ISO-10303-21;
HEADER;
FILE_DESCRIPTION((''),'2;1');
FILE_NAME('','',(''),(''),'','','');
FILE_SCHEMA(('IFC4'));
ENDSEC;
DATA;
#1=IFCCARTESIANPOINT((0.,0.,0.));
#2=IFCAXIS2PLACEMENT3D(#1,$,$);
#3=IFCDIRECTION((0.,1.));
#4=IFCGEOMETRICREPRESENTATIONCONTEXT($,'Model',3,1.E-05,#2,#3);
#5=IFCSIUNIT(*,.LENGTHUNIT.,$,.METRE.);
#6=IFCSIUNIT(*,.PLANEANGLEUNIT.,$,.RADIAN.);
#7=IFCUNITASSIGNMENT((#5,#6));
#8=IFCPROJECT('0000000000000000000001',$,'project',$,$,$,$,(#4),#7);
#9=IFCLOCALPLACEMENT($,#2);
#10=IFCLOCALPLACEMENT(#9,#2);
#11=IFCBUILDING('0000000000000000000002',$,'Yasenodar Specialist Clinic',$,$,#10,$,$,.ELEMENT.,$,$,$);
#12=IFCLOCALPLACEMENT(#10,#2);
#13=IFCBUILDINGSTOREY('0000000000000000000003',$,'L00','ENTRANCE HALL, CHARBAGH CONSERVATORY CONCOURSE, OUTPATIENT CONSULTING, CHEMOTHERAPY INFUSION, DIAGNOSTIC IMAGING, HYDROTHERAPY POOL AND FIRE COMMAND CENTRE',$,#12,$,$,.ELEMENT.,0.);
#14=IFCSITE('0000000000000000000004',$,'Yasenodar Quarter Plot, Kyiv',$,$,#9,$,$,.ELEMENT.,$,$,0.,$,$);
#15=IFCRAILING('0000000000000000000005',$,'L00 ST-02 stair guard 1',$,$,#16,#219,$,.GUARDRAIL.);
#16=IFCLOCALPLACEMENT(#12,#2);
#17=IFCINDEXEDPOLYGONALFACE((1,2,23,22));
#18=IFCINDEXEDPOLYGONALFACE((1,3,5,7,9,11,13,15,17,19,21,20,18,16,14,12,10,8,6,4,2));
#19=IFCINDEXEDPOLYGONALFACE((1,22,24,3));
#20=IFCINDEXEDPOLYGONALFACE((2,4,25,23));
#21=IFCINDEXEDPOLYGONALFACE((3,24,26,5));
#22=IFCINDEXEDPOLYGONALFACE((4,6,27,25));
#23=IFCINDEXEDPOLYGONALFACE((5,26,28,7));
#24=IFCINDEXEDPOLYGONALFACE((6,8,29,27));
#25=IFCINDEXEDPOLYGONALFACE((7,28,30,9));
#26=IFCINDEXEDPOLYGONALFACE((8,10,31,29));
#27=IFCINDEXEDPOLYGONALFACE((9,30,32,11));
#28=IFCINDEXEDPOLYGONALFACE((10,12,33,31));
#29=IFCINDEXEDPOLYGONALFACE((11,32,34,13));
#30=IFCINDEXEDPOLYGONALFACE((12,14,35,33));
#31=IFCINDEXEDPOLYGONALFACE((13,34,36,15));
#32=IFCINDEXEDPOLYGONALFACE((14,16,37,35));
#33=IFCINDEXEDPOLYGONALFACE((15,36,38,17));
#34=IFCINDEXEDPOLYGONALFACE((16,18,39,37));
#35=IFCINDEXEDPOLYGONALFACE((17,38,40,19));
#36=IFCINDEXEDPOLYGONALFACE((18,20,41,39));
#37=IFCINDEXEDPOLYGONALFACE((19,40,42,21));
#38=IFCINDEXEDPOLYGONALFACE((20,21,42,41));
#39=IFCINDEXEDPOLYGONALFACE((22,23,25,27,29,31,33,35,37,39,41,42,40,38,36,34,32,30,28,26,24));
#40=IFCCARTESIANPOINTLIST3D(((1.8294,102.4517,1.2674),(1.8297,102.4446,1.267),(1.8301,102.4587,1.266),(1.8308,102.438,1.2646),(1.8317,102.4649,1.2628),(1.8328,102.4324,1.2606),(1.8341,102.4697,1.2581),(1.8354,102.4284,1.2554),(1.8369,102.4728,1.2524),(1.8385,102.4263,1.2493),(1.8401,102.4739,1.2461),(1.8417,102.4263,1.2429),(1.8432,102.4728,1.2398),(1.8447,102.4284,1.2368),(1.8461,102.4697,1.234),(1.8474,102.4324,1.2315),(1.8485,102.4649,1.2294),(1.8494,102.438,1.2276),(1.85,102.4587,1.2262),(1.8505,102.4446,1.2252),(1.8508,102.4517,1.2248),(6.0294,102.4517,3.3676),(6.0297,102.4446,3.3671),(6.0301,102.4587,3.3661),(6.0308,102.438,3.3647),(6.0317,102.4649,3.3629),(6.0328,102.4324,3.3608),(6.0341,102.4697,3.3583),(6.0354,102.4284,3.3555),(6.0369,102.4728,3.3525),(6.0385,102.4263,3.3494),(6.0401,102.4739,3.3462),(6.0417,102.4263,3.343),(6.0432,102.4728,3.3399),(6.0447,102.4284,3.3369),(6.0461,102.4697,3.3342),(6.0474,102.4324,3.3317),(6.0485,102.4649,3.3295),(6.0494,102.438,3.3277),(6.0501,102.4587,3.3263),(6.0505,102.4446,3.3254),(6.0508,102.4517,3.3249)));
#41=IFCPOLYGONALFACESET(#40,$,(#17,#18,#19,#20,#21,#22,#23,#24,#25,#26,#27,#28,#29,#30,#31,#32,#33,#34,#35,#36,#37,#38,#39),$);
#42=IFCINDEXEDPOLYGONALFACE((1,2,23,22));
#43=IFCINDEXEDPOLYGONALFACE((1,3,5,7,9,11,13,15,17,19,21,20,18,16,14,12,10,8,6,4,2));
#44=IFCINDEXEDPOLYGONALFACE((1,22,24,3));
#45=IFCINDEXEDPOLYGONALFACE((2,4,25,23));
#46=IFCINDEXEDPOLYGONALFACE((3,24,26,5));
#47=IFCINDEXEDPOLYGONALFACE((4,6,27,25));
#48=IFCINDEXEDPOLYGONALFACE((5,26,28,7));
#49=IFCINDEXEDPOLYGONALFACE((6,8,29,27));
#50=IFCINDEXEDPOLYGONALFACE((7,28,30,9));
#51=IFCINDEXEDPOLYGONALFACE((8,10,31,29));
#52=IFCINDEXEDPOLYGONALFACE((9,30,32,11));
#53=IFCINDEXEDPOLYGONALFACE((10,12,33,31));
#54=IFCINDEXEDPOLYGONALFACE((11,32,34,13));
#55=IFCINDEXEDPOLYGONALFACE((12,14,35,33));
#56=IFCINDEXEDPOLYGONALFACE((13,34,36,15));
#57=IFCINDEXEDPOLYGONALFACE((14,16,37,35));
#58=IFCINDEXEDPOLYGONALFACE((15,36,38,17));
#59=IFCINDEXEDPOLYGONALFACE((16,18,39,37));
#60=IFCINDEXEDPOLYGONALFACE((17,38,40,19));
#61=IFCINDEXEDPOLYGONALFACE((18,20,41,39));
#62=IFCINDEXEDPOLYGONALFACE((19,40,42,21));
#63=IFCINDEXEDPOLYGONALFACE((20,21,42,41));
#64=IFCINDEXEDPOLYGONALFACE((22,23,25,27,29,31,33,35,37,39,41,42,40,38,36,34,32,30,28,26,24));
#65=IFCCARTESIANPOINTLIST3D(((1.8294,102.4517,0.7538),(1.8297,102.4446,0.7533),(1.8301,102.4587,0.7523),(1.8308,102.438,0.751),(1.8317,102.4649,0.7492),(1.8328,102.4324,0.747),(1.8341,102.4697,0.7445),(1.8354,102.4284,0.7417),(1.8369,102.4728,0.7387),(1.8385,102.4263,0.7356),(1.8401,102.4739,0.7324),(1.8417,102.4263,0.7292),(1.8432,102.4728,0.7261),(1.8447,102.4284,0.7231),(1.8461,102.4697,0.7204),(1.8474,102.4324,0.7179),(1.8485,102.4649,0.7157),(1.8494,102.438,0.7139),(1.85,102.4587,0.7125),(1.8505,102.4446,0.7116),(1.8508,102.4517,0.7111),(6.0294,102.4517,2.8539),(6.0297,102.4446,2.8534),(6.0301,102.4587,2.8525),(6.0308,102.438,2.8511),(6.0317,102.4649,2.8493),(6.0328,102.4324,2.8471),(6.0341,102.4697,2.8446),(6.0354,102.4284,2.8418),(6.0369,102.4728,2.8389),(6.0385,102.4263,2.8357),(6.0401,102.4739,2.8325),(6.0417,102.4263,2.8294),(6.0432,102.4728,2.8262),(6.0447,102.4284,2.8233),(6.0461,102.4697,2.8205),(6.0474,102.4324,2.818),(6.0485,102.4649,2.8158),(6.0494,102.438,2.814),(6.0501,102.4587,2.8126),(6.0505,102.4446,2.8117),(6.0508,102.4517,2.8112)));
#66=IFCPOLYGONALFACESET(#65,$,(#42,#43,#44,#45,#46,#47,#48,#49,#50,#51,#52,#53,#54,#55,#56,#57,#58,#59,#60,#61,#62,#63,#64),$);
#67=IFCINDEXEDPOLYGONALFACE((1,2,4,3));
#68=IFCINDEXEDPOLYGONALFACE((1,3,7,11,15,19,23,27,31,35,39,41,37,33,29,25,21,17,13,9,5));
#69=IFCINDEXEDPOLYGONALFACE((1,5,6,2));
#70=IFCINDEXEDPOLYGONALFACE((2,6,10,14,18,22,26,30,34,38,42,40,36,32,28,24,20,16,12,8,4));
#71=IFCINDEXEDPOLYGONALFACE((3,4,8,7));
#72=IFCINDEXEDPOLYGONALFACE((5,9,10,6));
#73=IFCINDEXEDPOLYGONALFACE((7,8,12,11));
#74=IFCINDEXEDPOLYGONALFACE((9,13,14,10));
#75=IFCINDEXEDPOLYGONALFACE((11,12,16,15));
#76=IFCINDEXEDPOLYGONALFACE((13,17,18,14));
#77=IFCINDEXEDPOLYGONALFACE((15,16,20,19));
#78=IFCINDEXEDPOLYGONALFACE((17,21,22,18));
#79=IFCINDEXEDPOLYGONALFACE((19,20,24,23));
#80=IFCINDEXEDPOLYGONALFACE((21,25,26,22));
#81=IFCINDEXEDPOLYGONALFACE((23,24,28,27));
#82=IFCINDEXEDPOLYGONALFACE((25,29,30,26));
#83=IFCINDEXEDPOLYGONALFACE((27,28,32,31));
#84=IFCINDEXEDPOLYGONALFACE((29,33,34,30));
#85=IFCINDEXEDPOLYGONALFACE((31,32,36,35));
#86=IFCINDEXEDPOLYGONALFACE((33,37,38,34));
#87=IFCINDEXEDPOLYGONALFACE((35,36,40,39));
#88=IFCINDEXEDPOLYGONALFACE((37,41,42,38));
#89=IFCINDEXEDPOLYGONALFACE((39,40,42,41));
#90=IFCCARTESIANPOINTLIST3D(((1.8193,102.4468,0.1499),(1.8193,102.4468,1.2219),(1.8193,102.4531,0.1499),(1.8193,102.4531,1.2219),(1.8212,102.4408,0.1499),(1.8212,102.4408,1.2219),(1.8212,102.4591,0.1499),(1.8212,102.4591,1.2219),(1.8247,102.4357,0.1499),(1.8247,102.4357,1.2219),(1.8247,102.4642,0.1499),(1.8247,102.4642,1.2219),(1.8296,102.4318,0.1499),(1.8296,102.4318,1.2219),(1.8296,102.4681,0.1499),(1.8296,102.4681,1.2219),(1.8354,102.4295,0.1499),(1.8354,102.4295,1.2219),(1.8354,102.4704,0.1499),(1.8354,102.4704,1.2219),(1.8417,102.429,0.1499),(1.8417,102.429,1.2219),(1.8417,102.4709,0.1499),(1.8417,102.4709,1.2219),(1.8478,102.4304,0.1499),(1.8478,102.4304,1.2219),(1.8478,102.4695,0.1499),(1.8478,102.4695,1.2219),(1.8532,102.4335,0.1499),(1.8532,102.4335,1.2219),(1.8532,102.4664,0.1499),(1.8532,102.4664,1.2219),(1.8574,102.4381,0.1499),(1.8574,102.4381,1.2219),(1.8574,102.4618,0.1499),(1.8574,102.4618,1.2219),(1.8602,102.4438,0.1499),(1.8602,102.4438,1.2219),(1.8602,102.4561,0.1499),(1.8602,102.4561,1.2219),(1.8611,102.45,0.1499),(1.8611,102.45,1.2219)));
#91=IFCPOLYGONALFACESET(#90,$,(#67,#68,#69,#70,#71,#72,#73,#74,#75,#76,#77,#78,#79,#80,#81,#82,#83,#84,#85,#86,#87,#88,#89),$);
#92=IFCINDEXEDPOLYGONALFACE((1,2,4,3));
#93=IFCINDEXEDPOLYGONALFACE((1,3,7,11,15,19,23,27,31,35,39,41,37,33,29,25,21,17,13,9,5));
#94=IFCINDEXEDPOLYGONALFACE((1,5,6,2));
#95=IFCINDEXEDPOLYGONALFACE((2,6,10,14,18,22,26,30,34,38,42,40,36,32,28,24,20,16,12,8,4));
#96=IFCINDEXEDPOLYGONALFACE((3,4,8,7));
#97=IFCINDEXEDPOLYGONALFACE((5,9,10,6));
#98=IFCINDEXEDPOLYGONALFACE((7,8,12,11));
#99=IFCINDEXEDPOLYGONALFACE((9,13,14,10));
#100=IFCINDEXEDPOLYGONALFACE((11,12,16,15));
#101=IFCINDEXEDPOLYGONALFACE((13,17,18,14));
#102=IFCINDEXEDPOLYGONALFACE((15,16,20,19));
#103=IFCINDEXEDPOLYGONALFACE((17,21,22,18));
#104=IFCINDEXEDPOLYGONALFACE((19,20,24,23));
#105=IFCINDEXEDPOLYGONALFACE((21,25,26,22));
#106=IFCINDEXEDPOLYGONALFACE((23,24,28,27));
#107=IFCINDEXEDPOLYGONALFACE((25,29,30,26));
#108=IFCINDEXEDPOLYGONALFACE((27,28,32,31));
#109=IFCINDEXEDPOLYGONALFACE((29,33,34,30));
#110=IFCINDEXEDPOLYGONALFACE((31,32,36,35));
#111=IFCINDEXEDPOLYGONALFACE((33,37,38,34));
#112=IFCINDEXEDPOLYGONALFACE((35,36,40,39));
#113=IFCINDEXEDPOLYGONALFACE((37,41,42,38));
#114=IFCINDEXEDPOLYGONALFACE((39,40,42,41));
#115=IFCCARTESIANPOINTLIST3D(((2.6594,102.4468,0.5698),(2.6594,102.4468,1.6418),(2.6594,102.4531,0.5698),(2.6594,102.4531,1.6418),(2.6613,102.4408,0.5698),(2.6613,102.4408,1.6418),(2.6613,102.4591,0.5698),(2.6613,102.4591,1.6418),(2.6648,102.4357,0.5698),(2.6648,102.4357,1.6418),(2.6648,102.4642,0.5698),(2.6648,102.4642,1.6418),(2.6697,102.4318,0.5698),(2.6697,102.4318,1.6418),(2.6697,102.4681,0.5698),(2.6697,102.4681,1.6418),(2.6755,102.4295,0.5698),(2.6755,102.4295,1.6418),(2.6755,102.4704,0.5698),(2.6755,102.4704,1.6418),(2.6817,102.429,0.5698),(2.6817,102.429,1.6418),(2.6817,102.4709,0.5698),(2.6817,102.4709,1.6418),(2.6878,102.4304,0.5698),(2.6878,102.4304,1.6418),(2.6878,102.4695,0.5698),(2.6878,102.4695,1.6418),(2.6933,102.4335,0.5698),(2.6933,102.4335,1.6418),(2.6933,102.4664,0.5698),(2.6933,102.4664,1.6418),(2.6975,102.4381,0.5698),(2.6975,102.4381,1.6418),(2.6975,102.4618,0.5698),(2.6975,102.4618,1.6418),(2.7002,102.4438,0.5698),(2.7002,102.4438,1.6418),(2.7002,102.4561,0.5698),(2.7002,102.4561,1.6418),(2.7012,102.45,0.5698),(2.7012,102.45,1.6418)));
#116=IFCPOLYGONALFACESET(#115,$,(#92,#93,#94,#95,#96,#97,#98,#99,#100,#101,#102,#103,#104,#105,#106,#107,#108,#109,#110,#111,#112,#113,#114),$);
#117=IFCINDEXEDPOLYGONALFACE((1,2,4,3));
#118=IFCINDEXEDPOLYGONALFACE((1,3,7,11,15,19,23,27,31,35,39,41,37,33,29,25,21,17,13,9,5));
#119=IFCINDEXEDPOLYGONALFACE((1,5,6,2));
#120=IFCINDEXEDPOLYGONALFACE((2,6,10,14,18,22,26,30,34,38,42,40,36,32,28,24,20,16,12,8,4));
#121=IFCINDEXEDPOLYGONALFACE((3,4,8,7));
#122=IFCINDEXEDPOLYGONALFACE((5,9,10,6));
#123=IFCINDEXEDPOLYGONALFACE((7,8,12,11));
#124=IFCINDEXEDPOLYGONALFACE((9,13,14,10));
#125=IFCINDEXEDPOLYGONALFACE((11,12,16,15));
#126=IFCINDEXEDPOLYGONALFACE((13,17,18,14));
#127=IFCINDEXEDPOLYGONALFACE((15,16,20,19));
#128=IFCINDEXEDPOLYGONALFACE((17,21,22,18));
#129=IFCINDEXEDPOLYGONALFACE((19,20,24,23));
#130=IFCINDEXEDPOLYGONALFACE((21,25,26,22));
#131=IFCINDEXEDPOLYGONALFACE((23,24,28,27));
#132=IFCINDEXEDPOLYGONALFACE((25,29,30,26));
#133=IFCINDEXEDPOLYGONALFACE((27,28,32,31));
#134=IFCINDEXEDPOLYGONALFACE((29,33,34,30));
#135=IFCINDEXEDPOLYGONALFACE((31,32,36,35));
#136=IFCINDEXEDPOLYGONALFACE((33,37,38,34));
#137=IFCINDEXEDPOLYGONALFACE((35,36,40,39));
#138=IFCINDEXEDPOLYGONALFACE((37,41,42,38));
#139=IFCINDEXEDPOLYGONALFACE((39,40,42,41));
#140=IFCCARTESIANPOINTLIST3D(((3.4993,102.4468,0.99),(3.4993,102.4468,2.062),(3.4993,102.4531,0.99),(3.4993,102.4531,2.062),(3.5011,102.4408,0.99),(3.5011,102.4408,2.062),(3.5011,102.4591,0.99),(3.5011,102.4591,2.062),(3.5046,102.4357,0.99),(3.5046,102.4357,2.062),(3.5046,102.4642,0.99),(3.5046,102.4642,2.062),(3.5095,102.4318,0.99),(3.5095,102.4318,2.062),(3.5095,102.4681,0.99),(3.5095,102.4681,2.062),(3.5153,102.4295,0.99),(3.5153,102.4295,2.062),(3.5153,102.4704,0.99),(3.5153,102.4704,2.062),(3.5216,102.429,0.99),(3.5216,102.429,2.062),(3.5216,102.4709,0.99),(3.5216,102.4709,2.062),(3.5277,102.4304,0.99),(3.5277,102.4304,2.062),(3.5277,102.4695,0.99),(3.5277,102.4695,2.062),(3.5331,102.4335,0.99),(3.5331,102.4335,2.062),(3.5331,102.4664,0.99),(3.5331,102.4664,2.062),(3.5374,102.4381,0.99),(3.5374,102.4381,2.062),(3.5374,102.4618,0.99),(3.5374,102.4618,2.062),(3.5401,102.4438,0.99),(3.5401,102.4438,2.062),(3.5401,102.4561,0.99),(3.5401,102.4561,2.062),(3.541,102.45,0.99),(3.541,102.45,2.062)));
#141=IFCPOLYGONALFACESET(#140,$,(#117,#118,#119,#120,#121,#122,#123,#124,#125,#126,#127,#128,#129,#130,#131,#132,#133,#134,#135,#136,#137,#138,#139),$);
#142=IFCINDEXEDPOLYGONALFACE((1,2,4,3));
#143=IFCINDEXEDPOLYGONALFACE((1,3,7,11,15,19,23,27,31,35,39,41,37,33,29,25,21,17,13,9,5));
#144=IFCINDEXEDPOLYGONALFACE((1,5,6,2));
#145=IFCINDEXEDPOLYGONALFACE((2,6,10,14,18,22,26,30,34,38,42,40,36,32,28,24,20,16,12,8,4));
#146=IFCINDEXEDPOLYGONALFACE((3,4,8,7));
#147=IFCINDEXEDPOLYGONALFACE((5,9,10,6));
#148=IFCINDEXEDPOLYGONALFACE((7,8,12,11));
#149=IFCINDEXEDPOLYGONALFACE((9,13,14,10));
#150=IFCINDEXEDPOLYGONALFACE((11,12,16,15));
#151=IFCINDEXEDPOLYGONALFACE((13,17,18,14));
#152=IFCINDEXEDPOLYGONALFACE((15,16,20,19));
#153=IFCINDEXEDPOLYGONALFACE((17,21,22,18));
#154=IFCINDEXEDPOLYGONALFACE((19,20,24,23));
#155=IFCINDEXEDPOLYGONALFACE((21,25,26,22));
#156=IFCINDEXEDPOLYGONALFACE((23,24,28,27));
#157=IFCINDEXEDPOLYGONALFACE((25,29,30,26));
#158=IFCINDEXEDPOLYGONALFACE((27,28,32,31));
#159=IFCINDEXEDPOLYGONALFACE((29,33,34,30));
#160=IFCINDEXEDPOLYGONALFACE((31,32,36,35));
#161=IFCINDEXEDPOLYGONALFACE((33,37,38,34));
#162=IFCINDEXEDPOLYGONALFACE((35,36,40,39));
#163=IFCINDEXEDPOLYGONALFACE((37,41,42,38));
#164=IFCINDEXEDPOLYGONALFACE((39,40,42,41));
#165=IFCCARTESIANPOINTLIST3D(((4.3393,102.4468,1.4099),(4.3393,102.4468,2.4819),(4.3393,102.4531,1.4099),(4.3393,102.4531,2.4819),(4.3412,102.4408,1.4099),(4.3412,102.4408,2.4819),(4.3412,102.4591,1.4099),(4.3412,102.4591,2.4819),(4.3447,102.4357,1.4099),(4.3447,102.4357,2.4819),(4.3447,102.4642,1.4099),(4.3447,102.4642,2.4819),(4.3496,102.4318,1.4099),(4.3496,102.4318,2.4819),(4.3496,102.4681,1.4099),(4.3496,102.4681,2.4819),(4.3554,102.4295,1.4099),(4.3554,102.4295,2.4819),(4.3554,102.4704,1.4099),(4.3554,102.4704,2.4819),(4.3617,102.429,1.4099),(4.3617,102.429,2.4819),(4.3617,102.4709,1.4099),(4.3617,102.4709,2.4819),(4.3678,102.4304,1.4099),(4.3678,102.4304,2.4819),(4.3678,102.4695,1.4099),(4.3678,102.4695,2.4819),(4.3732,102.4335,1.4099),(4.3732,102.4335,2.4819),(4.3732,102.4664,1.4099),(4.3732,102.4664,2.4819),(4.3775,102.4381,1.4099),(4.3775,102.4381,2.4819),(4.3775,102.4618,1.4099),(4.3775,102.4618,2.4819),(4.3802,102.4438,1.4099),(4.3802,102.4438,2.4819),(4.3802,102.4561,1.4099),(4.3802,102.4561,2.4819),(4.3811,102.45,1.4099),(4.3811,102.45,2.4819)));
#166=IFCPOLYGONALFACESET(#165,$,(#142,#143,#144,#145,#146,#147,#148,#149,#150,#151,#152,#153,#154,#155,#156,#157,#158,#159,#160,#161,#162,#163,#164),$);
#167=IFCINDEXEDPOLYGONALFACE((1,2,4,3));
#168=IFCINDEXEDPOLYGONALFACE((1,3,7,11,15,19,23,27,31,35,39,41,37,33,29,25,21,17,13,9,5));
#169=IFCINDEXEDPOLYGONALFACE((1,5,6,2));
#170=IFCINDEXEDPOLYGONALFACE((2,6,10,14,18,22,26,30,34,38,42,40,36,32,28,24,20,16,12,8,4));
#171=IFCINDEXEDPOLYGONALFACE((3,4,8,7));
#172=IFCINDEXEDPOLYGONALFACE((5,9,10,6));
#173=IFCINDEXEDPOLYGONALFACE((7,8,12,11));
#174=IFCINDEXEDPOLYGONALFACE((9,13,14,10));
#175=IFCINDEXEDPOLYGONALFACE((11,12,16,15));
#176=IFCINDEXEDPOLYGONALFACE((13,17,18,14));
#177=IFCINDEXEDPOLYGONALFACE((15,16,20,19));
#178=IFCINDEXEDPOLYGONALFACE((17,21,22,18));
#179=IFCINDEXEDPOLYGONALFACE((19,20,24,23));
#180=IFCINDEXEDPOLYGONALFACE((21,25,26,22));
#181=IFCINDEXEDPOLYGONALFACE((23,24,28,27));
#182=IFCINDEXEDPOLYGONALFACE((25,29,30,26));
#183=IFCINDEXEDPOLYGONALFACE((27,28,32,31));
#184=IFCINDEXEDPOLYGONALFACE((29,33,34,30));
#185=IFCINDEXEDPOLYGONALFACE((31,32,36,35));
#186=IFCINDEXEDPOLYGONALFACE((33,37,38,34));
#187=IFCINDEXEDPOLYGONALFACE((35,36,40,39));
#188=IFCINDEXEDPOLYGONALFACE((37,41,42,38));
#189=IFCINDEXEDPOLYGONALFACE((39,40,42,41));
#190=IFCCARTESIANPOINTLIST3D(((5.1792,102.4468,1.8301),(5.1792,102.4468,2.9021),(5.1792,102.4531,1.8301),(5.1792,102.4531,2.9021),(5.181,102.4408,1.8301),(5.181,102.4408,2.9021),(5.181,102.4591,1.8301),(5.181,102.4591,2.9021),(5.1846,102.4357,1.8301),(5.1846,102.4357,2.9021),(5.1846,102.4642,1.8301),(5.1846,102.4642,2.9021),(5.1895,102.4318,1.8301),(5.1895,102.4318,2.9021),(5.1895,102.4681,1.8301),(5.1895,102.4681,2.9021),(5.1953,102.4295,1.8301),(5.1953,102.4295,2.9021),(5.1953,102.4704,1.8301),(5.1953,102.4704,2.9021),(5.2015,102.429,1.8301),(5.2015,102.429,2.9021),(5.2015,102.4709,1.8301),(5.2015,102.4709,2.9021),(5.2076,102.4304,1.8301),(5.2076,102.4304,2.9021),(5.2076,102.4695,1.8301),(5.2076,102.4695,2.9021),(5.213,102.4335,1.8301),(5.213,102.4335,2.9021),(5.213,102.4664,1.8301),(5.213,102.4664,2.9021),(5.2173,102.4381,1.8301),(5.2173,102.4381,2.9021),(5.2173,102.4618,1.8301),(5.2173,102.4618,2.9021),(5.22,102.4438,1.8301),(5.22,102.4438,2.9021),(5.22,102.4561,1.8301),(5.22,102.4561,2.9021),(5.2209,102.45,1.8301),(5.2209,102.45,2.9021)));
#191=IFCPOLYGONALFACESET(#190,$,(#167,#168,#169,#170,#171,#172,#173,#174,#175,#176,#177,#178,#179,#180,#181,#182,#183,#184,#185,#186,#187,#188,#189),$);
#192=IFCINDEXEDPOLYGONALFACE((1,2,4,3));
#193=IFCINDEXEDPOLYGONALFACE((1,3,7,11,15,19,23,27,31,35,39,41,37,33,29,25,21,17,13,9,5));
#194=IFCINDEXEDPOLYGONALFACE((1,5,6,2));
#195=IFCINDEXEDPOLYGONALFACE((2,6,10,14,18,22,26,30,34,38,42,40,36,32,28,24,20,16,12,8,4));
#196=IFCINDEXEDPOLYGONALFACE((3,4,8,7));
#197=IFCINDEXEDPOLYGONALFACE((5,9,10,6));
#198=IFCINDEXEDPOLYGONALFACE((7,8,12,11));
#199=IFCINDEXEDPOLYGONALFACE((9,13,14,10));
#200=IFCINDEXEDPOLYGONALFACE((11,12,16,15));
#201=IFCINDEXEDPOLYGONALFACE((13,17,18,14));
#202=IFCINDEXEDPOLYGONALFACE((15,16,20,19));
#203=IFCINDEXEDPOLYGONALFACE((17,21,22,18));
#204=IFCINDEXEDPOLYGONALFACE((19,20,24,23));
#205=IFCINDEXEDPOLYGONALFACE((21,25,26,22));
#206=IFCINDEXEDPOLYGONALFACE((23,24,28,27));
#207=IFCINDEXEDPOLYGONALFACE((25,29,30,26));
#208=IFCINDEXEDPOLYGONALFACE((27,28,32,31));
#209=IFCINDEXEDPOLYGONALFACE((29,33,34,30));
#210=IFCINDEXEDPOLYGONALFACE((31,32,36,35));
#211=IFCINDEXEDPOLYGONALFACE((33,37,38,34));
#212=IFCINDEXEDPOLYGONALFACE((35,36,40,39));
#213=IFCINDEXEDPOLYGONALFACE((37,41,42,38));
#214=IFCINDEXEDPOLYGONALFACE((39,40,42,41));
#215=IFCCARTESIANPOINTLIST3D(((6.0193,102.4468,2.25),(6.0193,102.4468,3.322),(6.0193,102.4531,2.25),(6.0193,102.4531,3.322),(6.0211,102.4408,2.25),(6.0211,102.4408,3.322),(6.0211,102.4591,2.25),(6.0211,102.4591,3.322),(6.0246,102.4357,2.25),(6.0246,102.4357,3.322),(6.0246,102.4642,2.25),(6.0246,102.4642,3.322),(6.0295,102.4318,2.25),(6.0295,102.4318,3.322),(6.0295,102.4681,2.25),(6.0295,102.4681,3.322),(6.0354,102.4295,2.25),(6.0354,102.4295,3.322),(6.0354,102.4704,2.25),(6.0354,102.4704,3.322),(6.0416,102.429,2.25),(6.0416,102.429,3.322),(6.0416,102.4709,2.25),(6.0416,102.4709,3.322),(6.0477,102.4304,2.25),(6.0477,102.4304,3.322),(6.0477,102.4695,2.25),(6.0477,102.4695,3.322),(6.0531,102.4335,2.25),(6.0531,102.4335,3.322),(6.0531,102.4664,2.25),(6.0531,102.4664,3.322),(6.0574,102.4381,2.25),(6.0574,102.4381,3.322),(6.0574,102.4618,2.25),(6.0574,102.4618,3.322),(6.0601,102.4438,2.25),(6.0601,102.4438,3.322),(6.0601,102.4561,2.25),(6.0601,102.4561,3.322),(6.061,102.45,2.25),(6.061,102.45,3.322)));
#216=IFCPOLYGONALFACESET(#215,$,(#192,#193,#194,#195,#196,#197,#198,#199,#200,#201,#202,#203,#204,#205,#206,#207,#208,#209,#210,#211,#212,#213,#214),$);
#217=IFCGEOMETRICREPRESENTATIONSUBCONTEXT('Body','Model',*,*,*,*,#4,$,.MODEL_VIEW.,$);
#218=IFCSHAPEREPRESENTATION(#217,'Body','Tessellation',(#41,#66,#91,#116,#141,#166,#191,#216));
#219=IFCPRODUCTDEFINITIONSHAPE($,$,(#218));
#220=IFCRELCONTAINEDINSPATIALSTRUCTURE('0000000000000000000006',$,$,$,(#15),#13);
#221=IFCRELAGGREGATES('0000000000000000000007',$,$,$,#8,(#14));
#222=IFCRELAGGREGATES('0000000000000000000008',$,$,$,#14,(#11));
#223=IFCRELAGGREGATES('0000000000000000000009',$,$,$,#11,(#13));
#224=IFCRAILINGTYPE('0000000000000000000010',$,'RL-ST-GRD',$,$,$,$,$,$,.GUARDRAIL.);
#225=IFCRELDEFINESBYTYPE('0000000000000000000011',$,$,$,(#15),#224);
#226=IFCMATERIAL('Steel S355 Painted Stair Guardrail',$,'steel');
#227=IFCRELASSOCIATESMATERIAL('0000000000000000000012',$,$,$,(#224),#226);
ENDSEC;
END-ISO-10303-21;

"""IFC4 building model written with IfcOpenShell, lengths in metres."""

from ifc_helpers import new_model, si_unit, direction, frame, origin, origin_2d, place, context, subcontext, project, spatial, circle, extrude, material, type_object, element, save


model = new_model("IFC4")

# Units and contexts
model_context = context("Model", 3, precision=1e-05, world=origin(), true_north=direction((0.0, 1.0)))
body_context = subcontext(model_context, "Body", "Model", "MODEL_VIEW")
ifc_project = project(units=[si_unit("LENGTHUNIT", "METRE"), si_unit("PLANEANGLEUNIT", "RADIAN")], contexts=[model_context])

# Site, building, storey
site_placement = place(None, origin())
site = spatial("IfcSite", under=ifc_project, at=site_placement, Name="Yasenodar Quarter Plot, Kyiv", CompositionType="ELEMENT", RefElevation=0.0)
building_placement = place(site_placement, origin())
building = spatial("IfcBuilding", under=site, at=building_placement, Name="Yasenodar Specialist Clinic", CompositionType="ELEMENT")
storey_placement = place(building_placement, origin())
storey = spatial("IfcBuildingStorey", under=building, at=storey_placement, Name="L00", Description="ENTRANCE HALL, CHARBAGH CONSERVATORY CONCOURSE, OUTPATIENT CONSULTING, CHEMOTHERAPY INFUSION, DIAGNOSTIC IMAGING, HYDROTHERAPY POOL AND FIRE COMMAND CENTRE", CompositionType="ELEMENT", Elevation=0.0)

# Railing
ifc_material_1 = material(Name="Steel S355 Painted Stair Guardrail", Category="steel")
railing_type_1 = type_object("IfcRailingType", Name="RL-ST-GRD", PredefinedType="GUARDRAIL", material=ifc_material_1)
railing_1_placement = place(storey_placement, frame((1.8401, 102.45, 0.1499)))
element("IfcRailing", 1, at=railing_1_placement, inside=storey, type_object=railing_type_1, Name="L00 ST-02 stair guard 1", PredefinedType="GUARDRAIL", context=body_context, shape_type="SweptSolid", body=[
    extrude(circle(Radius=0.0239, at=origin_2d()), frame((0.0, 0.0, 1.0962), z_axis=(0.894417, 0.0, 0.447234), x_axis=(0.0, 1.0, 0.0)), (0.0, 0.0, 1.0), 4.6958),
    extrude(circle(Radius=0.0239, at=origin_2d()), frame((0.0, 0.0, 0.5825), z_axis=(0.894417, 0.0, 0.447234), x_axis=(0.0, 1.0, 0.0)), (0.0, 0.0, 1.0), 4.6958),
    extrude(circle(Radius=0.021, at=origin_2d()), origin(), (0.0, 0.0, 1.0), 1.072),
    extrude(circle(Radius=0.021, at=origin_2d()), frame((0.8401, 0.0, 0.4199)), (0.0, 0.0, 1.0), 1.072),
    extrude(circle(Radius=0.021, at=origin_2d()), frame((1.6799, 0.0, 0.8401)), (0.0, 0.0, 1.0), 1.072),
    extrude(circle(Radius=0.021, at=origin_2d()), frame((2.52, 0.0, 1.26)), (0.0, 0.0, 1.0), 1.072),
    extrude(circle(Radius=0.021, at=origin_2d()), frame((3.3599, 0.0, 1.6802)), (0.0, 0.0, 1.0), 1.072),
    extrude(circle(Radius=0.021, at=origin_2d()), frame((4.2, 0.0, 2.1001)), (0.0, 0.0, 1.0), 1.072),
])

save(model, "model.ifc")
